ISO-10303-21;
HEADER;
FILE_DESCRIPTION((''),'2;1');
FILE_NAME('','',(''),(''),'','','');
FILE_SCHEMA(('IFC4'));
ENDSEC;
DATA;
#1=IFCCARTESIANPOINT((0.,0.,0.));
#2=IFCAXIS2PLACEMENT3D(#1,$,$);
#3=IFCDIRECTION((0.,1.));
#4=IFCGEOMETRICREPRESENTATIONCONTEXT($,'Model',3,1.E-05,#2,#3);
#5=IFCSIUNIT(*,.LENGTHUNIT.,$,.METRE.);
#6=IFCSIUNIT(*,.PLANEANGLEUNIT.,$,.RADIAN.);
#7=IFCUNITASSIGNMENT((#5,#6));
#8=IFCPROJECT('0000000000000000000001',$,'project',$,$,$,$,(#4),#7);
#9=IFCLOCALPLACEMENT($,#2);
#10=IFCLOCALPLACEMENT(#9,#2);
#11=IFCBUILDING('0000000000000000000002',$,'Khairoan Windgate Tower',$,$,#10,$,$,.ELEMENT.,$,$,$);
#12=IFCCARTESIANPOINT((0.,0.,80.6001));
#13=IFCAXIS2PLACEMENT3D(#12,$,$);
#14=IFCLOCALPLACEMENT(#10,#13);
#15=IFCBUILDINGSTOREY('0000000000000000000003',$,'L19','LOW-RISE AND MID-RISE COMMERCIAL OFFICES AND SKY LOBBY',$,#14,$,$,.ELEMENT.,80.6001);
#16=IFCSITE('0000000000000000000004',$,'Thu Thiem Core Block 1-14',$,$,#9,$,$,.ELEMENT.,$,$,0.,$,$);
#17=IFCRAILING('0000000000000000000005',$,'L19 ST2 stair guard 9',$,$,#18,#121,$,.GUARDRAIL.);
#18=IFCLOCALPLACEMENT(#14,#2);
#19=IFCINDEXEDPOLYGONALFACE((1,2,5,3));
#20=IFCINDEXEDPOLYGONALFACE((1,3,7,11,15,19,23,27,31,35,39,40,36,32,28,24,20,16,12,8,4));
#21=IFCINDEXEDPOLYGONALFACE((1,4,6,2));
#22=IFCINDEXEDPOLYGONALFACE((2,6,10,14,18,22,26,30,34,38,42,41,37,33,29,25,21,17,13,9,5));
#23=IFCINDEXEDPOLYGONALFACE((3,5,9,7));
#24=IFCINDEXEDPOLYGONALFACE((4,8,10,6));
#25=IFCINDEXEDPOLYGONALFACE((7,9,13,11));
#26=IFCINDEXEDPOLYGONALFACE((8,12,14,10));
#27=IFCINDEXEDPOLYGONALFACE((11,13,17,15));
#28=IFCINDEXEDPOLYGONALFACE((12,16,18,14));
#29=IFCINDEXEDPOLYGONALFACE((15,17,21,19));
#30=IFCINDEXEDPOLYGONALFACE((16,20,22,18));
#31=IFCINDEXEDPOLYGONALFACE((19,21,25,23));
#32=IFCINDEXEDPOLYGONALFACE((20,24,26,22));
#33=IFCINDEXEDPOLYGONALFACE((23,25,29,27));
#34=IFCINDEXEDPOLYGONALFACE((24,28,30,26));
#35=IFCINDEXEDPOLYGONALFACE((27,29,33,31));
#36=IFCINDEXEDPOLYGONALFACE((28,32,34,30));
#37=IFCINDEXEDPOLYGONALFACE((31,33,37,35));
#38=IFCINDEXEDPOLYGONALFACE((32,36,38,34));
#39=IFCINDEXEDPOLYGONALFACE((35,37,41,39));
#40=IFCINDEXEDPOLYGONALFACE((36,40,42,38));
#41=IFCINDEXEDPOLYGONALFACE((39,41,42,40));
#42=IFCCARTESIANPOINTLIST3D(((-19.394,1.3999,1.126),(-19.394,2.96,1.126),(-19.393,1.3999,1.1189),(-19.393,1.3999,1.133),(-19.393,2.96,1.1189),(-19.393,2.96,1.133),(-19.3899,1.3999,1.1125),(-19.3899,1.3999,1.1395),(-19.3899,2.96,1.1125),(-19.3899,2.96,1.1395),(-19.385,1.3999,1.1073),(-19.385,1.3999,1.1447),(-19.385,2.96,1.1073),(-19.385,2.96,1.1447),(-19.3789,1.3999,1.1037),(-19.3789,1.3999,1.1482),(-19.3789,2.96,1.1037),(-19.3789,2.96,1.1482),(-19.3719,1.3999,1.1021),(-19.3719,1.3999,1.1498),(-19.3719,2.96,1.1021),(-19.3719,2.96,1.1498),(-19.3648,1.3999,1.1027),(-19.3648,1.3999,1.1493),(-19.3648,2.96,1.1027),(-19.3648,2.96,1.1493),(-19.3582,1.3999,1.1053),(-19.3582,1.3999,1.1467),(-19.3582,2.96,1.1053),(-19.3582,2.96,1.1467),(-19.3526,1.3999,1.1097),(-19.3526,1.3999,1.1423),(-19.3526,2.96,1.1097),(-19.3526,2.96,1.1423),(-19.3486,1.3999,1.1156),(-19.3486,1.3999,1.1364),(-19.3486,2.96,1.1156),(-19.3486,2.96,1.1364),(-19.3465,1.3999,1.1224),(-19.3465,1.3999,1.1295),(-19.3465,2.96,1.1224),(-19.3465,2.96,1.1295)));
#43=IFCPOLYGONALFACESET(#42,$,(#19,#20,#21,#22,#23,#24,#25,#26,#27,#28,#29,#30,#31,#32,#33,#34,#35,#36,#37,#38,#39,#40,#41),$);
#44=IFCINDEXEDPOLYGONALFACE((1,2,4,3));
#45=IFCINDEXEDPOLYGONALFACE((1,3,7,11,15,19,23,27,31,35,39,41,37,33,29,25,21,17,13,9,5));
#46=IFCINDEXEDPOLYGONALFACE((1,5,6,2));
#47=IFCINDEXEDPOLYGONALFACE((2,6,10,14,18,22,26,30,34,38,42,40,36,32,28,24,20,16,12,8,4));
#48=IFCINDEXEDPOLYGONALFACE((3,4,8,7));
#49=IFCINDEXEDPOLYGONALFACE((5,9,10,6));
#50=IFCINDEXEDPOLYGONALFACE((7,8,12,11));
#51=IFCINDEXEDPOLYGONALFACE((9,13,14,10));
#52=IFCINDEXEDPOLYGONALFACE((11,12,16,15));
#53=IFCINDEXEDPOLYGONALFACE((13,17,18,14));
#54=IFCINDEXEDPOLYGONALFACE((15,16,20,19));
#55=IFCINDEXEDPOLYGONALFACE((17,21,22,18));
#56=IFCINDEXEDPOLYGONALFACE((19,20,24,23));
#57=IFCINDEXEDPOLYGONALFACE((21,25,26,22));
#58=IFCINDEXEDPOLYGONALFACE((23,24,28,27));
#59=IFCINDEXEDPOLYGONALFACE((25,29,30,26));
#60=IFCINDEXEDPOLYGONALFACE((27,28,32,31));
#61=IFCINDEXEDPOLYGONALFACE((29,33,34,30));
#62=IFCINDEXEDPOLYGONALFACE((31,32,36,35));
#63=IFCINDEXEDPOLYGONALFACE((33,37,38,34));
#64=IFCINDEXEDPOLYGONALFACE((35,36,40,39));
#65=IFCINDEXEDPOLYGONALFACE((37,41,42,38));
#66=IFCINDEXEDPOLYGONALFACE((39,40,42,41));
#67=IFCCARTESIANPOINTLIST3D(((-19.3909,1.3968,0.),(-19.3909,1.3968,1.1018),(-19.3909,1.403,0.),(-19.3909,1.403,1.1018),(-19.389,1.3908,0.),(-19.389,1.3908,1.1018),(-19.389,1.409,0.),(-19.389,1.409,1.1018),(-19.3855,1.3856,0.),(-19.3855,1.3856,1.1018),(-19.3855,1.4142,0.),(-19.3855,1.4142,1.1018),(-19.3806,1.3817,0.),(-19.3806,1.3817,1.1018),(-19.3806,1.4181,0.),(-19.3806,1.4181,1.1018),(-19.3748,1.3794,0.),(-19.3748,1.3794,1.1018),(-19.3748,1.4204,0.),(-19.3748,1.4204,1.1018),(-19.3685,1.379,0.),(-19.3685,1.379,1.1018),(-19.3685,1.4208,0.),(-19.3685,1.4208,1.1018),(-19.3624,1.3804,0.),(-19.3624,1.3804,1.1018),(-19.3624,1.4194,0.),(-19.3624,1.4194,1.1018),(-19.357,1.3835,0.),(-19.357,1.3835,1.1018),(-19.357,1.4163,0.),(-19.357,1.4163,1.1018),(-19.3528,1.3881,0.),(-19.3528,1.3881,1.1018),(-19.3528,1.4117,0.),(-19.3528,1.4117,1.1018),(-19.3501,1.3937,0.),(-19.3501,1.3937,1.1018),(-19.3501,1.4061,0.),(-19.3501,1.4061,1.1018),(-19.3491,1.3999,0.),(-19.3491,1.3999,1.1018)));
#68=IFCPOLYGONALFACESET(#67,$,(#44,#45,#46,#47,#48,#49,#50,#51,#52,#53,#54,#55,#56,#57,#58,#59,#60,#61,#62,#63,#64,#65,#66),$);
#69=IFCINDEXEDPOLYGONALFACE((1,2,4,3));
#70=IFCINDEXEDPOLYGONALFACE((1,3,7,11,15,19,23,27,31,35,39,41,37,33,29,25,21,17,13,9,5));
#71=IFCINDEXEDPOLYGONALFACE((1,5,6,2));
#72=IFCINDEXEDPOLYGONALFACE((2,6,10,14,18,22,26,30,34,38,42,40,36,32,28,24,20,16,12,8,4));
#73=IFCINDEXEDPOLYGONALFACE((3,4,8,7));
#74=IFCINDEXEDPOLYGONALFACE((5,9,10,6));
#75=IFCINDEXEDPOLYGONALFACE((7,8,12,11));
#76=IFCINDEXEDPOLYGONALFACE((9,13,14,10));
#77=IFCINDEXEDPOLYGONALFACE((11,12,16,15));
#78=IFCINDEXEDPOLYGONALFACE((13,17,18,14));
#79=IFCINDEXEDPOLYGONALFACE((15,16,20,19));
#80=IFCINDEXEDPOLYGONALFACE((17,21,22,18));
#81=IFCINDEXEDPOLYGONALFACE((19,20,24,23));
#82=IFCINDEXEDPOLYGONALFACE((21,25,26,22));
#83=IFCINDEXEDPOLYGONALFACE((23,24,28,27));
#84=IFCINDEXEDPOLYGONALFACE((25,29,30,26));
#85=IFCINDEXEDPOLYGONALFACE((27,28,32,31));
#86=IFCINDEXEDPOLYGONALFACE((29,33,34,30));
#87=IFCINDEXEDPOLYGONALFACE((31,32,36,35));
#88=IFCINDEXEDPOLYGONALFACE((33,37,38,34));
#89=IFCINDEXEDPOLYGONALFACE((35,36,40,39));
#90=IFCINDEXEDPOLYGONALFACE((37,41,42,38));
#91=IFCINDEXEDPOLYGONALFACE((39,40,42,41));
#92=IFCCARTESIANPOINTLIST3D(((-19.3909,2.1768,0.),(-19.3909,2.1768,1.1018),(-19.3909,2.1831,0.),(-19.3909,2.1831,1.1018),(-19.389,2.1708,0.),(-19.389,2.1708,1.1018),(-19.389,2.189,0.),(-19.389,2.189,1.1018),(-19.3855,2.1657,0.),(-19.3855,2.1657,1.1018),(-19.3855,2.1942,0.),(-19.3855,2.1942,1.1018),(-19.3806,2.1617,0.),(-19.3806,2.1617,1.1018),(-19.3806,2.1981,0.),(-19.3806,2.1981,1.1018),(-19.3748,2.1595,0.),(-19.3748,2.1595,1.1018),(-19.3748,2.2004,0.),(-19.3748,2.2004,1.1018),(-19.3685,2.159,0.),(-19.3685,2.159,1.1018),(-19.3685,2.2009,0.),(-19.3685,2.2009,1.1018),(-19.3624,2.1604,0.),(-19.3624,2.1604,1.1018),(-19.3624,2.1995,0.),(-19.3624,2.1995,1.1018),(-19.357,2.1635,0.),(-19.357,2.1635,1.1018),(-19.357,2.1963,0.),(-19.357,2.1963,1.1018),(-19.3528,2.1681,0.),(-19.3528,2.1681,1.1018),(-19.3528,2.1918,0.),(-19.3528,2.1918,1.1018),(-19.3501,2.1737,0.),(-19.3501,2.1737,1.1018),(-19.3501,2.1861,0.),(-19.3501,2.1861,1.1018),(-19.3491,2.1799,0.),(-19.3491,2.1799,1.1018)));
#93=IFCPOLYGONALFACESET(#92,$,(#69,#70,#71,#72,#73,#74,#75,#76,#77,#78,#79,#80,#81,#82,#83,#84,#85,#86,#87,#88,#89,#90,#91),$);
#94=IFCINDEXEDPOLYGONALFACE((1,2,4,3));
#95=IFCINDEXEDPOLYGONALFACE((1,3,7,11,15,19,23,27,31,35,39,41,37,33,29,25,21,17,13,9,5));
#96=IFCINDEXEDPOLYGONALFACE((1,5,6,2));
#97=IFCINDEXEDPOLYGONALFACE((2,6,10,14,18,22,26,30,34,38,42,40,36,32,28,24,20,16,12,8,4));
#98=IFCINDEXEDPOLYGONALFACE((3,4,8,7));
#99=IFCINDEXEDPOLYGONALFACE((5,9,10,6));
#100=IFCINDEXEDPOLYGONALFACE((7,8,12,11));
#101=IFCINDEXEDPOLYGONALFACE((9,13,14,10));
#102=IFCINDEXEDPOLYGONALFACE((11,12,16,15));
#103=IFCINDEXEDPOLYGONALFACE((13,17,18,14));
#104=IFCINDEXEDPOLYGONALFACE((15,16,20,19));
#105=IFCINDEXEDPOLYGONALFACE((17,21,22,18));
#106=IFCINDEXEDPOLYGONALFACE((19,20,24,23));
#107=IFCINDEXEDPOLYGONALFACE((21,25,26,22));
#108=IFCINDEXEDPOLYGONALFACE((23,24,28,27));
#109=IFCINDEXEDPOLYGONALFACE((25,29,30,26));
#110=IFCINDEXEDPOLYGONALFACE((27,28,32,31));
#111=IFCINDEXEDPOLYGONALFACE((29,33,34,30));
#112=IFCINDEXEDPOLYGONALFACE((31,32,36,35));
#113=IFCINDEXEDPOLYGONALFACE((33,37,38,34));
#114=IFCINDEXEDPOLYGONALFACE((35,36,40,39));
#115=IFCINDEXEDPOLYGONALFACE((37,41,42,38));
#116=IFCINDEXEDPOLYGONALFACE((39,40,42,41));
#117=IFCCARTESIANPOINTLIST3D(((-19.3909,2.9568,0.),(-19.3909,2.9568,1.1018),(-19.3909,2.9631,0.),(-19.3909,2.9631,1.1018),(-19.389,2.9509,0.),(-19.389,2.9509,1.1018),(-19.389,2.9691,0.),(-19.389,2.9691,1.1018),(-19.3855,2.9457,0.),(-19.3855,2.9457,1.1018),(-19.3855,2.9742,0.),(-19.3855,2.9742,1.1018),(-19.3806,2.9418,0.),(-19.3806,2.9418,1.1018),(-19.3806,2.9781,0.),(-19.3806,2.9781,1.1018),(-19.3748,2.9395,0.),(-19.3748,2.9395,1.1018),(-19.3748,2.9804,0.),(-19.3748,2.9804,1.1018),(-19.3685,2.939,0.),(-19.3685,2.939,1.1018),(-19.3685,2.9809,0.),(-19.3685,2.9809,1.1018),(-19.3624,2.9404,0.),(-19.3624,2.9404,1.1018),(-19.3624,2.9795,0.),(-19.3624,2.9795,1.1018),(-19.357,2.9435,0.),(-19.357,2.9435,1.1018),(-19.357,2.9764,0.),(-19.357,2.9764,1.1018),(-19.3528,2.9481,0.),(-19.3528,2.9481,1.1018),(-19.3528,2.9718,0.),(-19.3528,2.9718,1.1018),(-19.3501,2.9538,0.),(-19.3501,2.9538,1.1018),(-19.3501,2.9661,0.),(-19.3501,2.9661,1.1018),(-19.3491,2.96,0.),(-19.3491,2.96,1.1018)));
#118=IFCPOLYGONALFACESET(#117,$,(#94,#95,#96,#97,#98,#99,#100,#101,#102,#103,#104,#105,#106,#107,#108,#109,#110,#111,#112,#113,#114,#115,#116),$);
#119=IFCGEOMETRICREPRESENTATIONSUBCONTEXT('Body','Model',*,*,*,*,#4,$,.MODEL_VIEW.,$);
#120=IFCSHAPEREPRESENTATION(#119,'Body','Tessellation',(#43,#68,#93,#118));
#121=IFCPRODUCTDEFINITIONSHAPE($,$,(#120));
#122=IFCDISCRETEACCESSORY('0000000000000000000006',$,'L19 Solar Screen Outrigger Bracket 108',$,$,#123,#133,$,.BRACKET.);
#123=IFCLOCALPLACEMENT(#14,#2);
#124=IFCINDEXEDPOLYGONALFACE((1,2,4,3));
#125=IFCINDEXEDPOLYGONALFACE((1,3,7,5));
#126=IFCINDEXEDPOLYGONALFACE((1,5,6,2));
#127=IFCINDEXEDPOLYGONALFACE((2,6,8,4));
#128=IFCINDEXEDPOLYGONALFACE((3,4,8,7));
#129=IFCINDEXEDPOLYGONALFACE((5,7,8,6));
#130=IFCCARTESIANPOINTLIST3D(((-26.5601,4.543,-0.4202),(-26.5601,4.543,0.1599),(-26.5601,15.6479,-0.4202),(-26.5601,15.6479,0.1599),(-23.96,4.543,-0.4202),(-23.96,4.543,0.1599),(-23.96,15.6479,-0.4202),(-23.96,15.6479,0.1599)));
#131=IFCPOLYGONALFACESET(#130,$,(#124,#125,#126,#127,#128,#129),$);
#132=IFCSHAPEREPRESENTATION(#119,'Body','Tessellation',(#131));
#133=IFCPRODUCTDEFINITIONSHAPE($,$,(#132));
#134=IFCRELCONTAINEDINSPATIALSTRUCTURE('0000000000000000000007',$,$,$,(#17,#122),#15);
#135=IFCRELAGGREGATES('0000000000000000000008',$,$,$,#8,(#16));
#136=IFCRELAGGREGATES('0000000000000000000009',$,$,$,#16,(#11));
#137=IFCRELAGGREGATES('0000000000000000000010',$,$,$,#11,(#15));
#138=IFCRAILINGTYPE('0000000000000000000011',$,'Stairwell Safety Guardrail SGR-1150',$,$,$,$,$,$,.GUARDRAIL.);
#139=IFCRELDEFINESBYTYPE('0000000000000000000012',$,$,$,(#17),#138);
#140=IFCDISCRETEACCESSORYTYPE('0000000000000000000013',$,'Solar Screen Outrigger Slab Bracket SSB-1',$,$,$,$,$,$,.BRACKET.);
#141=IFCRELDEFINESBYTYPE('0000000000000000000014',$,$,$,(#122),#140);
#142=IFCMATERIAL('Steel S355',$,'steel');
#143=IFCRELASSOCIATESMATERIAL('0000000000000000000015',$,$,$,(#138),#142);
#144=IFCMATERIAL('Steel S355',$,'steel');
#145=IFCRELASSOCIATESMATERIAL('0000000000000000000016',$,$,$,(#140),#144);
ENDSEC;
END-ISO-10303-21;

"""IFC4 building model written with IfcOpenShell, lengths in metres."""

from ifc_helpers import new_model, si_unit, direction, frame, origin, origin_2d, place, context, subcontext, project, spatial, rectangle, circle, extrude, material, type_object, element, save


model = new_model("IFC4")

# Units and contexts
model_context = context("Model", 3, precision=1e-05, world=origin(), true_north=direction((0.0, 1.0)))
body_context = subcontext(model_context, "Body", "Model", "MODEL_VIEW")
ifc_project = project(units=[si_unit("LENGTHUNIT", "METRE"), si_unit("PLANEANGLEUNIT", "RADIAN")], contexts=[model_context])

# Site, building, storey
site_placement = place(None, origin())
site = spatial("IfcSite", under=ifc_project, at=site_placement, Name="Thu Thiem Core Block 1-14", CompositionType="ELEMENT", RefElevation=0.0)
building_placement = place(site_placement, origin())
building = spatial("IfcBuilding", under=site, at=building_placement, Name="Khairoan Windgate Tower", CompositionType="ELEMENT")
storey_placement = place(building_placement, frame((0.0, 0.0, 80.6001)))
storey = spatial("IfcBuildingStorey", under=building, at=storey_placement, Name="L19", Description="LOW-RISE AND MID-RISE COMMERCIAL OFFICES AND SKY LOBBY", CompositionType="ELEMENT", Elevation=80.6001)

# Railing
ifc_material_1 = material(Name="Steel S355", Category="steel")
railing_type_1 = type_object("IfcRailingType", Name="Stairwell Safety Guardrail SGR-1150", PredefinedType="GUARDRAIL", material=ifc_material_1)
for number, where, name in (
    (1, (-19.3701, 1.3999, 0.0), "L19 ST2 stair guard 9"),
):
    element("IfcRailing", number, at=place(storey_placement, frame(where)), inside=storey, type_object=railing_type_1, Name=name, PredefinedType="GUARDRAIL", context=body_context, shape_type="SweptSolid", body=[
        extrude(circle(Radius=0.0239, at=origin_2d()), frame((0.0, 0.0, 1.126), z_axis=(0.0, 1.0, 0.0), x_axis=(-1.0, 0.0, 0.0)), (0.0, 0.0, 1.0), 1.5601),
        extrude(circle(Radius=0.021, at=origin_2d()), origin(), (0.0, 0.0, 1.0), 1.1018),
        extrude(circle(Radius=0.021, at=origin_2d()), frame((0.0, 0.78, 0.0)), (0.0, 0.0, 1.0), 1.1018),
        extrude(circle(Radius=0.021, at=origin_2d()), frame((0.0, 1.5601, 0.0)), (0.0, 0.0, 1.0), 1.1018),
    ])

# Discrete accessory
ifc_material_2 = material(Name="Steel S355", Category="steel")
discrete_accessory_type = type_object("IfcDiscreteAccessoryType", Name="Solar Screen Outrigger Slab Bracket SSB-1", PredefinedType="BRACKET", material=ifc_material_2)
discrete_accessory_placement = place(storey_placement, frame((-25.26, 10.0955, -0.4202), z_axis=(0.0, 0.0, 1.0), x_axis=(0.0, 1.0, 0.0)))
element("IfcDiscreteAccessory", 2, at=discrete_accessory_placement, inside=storey, type_object=discrete_accessory_type, Name="L19 Solar Screen Outrigger Bracket 108", PredefinedType="BRACKET", context=body_context, shape_type="SweptSolid", body=[
    extrude(rectangle(XDim=11.105, YDim=2.6001, at=origin_2d()), origin(), (0.0, 0.0, 1.0), 0.5801),
])

save(model, "model.ifc")
